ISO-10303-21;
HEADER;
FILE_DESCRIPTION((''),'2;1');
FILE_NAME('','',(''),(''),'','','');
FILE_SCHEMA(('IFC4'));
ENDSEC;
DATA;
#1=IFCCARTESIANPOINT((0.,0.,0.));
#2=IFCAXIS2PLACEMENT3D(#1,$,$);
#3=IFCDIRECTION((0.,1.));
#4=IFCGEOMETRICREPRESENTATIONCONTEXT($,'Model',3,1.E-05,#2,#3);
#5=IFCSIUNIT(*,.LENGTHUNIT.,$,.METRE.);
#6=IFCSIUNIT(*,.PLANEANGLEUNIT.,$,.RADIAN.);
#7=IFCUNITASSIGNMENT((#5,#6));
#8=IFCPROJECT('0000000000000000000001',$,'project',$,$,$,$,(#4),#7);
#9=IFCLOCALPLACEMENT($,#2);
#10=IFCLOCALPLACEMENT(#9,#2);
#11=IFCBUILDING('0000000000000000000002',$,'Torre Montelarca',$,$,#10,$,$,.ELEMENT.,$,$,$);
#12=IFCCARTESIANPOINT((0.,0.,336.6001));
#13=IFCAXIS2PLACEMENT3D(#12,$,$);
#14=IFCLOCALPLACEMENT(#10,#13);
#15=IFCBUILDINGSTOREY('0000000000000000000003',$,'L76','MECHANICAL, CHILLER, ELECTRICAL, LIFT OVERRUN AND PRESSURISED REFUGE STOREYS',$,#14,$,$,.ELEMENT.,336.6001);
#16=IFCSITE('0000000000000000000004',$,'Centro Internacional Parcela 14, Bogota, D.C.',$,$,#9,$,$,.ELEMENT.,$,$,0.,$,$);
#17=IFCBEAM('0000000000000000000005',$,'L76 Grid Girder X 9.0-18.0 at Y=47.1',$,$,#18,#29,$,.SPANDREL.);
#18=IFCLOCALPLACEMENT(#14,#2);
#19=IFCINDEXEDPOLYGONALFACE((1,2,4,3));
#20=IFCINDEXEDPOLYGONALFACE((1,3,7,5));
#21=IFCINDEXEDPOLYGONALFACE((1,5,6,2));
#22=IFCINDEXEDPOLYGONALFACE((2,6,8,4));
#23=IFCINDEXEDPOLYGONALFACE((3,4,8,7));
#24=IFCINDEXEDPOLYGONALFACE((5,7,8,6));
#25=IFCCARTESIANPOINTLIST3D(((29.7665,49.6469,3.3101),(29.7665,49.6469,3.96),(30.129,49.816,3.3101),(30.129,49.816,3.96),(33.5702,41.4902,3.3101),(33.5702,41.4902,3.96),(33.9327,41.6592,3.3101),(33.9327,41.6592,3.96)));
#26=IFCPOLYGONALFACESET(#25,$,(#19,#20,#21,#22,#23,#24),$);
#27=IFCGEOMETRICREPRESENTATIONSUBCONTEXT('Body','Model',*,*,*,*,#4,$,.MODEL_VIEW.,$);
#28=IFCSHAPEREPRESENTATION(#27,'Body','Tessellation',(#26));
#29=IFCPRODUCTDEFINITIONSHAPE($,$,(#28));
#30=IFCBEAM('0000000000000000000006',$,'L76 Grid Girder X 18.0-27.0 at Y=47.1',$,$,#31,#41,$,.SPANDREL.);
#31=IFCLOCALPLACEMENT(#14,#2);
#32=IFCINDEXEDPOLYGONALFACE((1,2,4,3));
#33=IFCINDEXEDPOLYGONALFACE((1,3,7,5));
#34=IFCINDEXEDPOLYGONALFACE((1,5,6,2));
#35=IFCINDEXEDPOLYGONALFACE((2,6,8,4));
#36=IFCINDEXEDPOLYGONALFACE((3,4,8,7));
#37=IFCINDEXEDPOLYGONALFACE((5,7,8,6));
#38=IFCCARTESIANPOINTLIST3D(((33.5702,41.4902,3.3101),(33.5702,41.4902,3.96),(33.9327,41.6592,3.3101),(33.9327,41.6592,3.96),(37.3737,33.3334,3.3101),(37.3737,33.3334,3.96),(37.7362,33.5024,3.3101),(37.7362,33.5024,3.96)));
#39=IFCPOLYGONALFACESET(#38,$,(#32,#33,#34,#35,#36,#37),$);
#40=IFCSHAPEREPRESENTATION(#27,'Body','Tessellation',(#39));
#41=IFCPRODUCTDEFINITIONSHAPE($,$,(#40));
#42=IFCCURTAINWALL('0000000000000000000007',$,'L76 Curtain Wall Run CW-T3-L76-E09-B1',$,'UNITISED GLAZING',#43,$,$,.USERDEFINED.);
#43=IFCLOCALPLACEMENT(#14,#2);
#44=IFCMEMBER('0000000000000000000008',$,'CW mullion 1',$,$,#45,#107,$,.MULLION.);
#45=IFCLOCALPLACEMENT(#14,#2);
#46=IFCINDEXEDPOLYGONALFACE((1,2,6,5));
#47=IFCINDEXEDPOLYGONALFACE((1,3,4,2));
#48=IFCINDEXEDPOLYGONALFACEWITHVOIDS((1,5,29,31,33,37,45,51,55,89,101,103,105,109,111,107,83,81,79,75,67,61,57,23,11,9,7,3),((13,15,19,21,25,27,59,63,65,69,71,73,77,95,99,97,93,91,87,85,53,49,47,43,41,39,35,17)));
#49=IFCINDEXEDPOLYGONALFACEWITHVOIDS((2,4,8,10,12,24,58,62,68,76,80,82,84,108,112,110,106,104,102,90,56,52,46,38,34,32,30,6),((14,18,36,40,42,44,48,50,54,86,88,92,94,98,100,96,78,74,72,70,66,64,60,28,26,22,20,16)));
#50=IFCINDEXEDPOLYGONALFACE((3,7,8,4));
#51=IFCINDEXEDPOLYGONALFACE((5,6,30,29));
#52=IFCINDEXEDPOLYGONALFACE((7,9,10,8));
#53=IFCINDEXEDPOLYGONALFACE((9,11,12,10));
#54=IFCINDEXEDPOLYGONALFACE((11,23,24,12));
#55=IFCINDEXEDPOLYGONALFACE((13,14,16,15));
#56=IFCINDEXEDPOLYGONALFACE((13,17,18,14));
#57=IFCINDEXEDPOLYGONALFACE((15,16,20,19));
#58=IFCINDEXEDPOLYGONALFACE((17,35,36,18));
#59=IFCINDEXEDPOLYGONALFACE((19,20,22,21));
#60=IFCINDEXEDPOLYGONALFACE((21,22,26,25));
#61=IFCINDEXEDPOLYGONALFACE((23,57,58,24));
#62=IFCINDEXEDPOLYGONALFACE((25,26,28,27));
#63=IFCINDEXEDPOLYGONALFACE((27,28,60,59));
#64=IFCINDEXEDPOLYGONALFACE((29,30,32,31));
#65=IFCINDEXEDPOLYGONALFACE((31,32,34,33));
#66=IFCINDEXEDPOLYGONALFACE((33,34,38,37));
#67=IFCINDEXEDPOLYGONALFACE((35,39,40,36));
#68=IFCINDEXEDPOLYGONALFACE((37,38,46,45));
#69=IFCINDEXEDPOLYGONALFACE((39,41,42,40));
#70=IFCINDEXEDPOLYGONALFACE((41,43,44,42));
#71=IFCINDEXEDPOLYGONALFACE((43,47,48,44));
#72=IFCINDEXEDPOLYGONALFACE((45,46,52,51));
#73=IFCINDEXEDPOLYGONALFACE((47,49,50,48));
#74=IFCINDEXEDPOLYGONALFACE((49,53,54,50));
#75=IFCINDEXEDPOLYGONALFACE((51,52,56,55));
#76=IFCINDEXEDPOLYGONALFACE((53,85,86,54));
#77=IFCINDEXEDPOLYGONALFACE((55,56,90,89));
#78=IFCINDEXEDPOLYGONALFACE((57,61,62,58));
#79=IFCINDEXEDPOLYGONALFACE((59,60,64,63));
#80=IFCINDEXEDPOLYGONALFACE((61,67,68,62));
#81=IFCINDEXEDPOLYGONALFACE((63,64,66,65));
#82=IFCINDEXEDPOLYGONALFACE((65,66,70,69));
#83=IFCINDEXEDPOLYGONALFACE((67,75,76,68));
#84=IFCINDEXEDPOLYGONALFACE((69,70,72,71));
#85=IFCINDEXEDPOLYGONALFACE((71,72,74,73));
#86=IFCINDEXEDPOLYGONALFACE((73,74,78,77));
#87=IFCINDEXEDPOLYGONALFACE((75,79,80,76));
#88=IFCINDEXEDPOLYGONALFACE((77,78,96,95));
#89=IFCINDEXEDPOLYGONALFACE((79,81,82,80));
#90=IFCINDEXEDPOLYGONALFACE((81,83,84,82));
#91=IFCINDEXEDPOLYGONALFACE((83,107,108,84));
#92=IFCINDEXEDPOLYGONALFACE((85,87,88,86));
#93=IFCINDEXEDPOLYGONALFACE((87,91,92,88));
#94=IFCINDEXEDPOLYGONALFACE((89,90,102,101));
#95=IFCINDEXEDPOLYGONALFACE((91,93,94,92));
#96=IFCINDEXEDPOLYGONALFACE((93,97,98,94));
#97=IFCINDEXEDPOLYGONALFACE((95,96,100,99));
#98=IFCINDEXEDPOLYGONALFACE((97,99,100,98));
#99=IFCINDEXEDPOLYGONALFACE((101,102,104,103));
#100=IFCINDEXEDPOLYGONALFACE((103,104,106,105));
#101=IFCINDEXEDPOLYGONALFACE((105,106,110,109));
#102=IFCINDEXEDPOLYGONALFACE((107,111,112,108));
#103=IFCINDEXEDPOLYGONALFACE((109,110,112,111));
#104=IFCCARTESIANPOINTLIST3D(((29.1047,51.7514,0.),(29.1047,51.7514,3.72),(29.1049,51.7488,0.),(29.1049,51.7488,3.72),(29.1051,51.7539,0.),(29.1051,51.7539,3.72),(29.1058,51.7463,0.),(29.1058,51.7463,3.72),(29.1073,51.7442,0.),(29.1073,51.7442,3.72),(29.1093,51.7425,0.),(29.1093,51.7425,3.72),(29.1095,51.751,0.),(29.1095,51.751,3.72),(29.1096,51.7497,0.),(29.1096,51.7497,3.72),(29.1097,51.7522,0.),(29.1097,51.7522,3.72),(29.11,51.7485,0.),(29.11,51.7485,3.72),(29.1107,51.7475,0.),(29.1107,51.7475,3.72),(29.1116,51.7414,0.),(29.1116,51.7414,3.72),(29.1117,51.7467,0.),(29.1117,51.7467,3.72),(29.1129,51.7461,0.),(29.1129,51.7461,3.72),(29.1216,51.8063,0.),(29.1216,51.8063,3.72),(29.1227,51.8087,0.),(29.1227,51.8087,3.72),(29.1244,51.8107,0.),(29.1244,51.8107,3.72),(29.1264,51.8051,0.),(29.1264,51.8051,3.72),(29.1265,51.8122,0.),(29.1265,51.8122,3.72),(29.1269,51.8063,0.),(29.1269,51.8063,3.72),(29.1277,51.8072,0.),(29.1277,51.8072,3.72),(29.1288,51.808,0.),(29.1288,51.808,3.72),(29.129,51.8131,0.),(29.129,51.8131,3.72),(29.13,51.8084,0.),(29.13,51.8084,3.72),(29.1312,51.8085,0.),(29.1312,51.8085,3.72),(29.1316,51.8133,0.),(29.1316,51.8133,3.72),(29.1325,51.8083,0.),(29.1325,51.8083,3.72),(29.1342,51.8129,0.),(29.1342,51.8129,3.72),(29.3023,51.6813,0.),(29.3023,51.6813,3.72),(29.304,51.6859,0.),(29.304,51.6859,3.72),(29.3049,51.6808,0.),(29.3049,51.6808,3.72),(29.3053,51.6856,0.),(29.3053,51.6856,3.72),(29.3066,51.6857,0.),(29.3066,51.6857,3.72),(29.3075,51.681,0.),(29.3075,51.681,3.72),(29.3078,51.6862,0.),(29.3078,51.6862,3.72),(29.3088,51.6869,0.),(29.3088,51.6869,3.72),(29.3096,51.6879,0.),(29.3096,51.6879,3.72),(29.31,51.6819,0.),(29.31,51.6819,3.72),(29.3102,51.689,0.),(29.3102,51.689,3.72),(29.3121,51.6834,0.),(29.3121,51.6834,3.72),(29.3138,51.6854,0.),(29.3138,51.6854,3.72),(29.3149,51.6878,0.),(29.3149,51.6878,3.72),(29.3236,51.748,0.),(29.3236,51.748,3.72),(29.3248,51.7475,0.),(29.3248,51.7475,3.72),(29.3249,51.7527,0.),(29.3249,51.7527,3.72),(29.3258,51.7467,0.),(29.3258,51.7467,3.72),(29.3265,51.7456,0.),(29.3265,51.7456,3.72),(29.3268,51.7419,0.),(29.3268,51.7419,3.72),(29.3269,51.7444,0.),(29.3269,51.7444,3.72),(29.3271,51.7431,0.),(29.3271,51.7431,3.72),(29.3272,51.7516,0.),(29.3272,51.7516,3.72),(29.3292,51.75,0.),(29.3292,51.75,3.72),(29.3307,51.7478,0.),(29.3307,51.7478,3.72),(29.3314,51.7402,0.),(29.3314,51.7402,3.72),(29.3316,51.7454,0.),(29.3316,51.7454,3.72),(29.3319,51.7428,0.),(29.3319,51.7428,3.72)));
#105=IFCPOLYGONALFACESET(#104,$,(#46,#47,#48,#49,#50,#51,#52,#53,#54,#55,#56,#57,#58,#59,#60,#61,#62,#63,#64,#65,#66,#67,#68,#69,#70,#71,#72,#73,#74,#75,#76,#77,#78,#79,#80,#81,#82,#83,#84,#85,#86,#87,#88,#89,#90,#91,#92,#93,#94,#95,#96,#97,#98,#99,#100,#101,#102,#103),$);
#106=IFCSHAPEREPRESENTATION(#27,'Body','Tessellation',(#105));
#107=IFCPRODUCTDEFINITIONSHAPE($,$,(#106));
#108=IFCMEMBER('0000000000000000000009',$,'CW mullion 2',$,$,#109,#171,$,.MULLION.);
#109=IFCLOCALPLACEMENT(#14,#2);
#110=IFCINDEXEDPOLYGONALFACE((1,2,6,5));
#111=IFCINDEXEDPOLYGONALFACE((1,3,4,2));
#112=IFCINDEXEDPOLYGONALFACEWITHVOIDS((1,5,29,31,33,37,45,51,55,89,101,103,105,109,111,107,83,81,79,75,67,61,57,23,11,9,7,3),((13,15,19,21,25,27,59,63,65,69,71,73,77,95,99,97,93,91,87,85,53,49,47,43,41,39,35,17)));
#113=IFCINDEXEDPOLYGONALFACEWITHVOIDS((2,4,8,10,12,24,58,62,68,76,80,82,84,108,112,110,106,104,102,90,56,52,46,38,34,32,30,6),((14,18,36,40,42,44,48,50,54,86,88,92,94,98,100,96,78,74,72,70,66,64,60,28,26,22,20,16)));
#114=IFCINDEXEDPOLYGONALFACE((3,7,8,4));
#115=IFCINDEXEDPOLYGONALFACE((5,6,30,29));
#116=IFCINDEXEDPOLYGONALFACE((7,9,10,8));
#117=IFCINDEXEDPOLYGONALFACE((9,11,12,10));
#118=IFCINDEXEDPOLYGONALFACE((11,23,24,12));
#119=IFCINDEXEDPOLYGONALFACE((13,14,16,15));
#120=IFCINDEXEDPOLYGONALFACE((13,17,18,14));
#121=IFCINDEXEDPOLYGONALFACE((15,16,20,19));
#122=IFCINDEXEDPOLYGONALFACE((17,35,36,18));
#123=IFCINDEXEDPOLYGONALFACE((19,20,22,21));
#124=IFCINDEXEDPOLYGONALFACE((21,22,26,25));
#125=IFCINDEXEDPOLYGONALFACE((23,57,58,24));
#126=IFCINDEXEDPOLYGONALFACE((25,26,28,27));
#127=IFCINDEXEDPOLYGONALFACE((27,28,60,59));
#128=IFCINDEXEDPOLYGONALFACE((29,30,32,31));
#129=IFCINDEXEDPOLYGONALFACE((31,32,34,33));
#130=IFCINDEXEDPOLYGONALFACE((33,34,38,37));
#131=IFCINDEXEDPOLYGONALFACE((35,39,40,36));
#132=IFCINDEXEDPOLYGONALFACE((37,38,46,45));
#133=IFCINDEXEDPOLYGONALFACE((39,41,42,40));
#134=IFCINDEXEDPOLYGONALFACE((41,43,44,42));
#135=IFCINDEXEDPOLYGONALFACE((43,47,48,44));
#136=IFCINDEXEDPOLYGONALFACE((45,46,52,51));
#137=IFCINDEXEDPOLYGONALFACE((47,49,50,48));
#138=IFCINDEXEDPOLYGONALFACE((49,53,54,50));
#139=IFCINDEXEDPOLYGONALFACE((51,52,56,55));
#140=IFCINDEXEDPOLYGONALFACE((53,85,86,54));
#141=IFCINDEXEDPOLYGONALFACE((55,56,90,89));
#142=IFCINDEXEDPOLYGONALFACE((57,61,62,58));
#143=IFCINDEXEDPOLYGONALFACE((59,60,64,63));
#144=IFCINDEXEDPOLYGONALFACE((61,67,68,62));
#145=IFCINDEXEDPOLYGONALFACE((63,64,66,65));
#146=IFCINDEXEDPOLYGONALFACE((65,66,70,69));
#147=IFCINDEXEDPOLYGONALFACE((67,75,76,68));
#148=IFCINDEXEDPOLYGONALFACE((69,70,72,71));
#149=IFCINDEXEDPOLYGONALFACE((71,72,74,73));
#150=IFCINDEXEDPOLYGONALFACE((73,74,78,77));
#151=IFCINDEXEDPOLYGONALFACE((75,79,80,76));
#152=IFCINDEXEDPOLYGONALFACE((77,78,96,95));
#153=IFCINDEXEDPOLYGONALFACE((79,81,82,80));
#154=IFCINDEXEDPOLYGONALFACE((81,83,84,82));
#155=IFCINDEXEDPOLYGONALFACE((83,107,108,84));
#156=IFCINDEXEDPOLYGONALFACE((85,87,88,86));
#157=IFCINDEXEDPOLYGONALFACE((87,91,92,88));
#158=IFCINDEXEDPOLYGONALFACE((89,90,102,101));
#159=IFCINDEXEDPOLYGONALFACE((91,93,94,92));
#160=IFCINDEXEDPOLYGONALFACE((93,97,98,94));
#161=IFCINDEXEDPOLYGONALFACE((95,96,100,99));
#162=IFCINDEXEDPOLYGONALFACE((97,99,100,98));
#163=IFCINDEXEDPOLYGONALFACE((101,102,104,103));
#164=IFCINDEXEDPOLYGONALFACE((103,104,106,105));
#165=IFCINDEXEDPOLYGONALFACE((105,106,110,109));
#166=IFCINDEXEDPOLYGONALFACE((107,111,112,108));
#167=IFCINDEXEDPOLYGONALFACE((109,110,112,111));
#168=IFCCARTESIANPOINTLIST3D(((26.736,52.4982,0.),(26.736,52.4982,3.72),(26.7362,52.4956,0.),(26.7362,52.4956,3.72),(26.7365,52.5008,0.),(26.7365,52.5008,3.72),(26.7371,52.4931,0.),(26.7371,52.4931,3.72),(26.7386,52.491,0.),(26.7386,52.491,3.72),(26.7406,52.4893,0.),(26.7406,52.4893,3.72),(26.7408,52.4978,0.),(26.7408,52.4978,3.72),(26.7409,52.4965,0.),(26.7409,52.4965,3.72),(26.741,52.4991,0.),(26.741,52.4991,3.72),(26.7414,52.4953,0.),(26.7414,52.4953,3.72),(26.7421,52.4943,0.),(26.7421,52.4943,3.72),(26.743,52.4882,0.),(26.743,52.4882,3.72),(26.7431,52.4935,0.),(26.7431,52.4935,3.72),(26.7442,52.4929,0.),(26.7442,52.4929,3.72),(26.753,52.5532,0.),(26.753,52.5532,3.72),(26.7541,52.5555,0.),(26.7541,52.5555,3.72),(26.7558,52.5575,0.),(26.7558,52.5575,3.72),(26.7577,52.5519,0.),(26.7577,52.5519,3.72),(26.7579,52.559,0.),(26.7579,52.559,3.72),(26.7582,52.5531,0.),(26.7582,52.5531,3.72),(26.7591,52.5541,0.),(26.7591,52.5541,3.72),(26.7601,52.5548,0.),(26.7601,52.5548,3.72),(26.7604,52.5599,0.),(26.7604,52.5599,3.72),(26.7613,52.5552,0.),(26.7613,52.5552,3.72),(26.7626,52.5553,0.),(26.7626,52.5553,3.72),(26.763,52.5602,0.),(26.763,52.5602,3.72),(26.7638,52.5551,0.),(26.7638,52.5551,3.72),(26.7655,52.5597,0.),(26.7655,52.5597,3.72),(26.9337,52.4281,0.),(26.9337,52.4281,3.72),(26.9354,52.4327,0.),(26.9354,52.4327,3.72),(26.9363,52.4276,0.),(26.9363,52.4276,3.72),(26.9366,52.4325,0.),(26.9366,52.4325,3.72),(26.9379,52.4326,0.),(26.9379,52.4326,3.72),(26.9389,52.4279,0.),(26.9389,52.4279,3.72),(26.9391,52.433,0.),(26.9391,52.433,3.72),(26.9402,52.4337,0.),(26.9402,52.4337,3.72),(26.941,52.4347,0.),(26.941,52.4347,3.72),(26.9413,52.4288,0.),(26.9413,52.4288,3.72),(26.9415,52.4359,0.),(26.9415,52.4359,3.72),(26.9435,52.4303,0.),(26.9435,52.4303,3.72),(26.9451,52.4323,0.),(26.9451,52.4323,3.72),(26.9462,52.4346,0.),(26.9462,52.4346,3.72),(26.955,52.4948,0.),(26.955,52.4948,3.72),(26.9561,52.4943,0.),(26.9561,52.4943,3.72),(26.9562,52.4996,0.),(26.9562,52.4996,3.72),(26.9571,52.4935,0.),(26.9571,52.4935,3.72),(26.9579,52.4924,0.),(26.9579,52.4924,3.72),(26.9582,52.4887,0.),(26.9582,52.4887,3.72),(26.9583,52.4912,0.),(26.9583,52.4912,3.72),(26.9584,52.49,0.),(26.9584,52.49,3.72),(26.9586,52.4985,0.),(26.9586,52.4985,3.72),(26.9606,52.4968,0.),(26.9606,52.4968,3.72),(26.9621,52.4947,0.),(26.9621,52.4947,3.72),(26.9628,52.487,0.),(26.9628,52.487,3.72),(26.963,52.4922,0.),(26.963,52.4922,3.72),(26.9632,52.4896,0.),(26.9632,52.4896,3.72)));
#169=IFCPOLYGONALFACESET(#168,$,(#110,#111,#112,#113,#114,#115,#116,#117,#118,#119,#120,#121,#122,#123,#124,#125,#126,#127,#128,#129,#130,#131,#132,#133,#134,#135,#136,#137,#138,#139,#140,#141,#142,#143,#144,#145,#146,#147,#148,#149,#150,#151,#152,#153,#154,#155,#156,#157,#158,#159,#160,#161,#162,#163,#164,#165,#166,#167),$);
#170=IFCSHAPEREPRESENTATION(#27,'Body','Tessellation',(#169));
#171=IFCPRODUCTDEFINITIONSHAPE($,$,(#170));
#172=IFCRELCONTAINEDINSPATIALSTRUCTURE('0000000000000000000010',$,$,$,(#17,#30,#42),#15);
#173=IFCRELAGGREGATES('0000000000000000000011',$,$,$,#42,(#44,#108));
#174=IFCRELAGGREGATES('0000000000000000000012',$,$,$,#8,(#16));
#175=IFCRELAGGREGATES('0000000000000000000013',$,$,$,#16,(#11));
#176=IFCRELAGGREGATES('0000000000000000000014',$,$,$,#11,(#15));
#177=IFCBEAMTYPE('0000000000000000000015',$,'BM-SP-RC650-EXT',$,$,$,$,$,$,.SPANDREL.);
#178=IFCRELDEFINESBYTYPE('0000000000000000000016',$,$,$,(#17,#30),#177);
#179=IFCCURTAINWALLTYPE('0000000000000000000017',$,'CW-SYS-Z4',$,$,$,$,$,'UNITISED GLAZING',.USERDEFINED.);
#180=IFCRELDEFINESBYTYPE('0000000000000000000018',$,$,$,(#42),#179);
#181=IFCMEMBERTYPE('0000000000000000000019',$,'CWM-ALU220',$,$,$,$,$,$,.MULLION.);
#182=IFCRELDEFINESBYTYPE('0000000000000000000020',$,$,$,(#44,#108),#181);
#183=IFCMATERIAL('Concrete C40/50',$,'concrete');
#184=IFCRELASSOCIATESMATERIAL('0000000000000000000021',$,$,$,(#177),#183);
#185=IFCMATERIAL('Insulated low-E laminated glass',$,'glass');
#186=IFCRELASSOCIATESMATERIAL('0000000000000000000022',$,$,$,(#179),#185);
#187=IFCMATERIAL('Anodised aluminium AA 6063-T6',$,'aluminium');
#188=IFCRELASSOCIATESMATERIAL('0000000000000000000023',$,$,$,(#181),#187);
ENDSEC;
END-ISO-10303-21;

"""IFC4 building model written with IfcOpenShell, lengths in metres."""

from ifc_helpers import new_model, si_unit, direction, frame, origin, origin_2d, place, context, subcontext, project, spatial, rectangle, hollow_rectangle, extrude, source, transform, mapped, material, material_profile, profile_set, type_object, element, aggregate, save


model = new_model("IFC4")

# Units and contexts
model_context = context("Model", 3, precision=1e-05, world=origin(), true_north=direction((0.0, 1.0)))
body_context = subcontext(model_context, "Body", "Model", "MODEL_VIEW")
ifc_project = project(units=[si_unit("LENGTHUNIT", "METRE"), si_unit("PLANEANGLEUNIT", "RADIAN")], contexts=[model_context])

# Site, building, storey
site_placement = place(None, origin())
site = spatial("IfcSite", under=ifc_project, at=site_placement, Name="Centro Internacional Parcela 14, Bogota, D.C.", CompositionType="ELEMENT", RefElevation=0.0)
building_placement = place(site_placement, origin())
building = spatial("IfcBuilding", under=site, at=building_placement, Name="Torre Montelarca", CompositionType="ELEMENT")
storey_placement = place(building_placement, frame((0.0, 0.0, 336.6001)))
storey = spatial("IfcBuildingStorey", under=building, at=storey_placement, Name="L76", Description="MECHANICAL, CHILLER, ELECTRICAL, LIFT OVERRUN AND PRESSURISED REFUGE STOREYS", CompositionType="ELEMENT", Elevation=336.6001)

# Shared definitions
ifc_material_1 = material(Name="Concrete C40/50", Category="concrete")

# Beams
ifc_material_profile_1 = material_profile(ifc_material_1, rectangle(XDim=0.3999, YDim=0.6499, at=origin_2d()), Name="RCB400X650", Category="concrete")
ifc_profile_set_1 = profile_set([ifc_material_profile_1], Name="Concrete C40/50")
beam_type = type_object("IfcBeamType", Name="BM-SP-RC650-EXT", PredefinedType="SPANDREL", material=ifc_profile_set_1)
shared_shape_1 = source(origin(), body_context, "Body", "SweptSolid", [
    extrude(rectangle(XDim=0.3999, YDim=0.6499, at=origin_2d()), origin(), (0.0, 0.0, 1.0), 9.0),
])
for number, where, z_axis, x_axis, name in (
    (1, (29.9478, 49.7314, 3.635), (0.422633, -0.906301, 0.0), (0.906301, 0.422633, 0.0), "L76 Grid Girder X 9.0-18.0 at Y=47.1"),
    (2, (33.7515, 41.5747, 3.635), (0.422611, -0.906311, 0.0), (0.906311, 0.422611, 0.0), "L76 Grid Girder X 18.0-27.0 at Y=47.1"),
):
    element("IfcBeam", number, at=place(storey_placement, frame(where, z_axis=z_axis, x_axis=x_axis)), inside=storey, type_object=beam_type, Name=name, PredefinedType="SPANDREL", context=body_context, shape_type="MappedRepresentation", body=[
        mapped(shared_shape_1, transform((0.0, 0.0, 0.0), scale=1.0)),
    ])

# Curtain wall, members
ifc_material_2 = material(Name="Insulated low-E laminated glass", Category="glass")
curtain_wall_type = type_object("IfcCurtainWallType", Name="CW-SYS-Z4", ElementType="UNITISED GLAZING", PredefinedType="USERDEFINED", material=ifc_material_2)
curtain_wall_1_placement = place(storey_placement, origin())
curtain_wall_1 = element("IfcCurtainWall", 3, at=curtain_wall_1_placement, inside=storey, type_object=curtain_wall_type, Name="L76 Curtain Wall Run CW-T3-L76-E09-B1", ObjectType="UNITISED GLAZING", PredefinedType="USERDEFINED")
ifc_material_3 = material(Name="Anodised aluminium AA 6063-T6", Category="aluminium")
ifc_material_profile_2 = material_profile(ifc_material_3, hollow_rectangle(XDim=0.075, YDim=0.22, WallThickness=0.0049, InnerFilletRadius=0.0049, OuterFilletRadius=0.01, at=origin_2d()), Name="ALU75X220X5", Category="aluminium")
ifc_profile_set_2 = profile_set([ifc_material_profile_2], Name="Anodised aluminium AA 6063-T6")
member_type_1 = type_object("IfcMemberType", Name="CWM-ALU220", PredefinedType="MULLION", material=ifc_profile_set_2)
shared_shape_2 = source(origin(), body_context, "Body", "SweptSolid", [
    extrude(hollow_rectangle(XDim=0.075, YDim=0.22, WallThickness=0.0049, InnerFilletRadius=0.0049, OuterFilletRadius=0.01, at=origin_2d()), origin(), (0.0, 0.0, 1.0), 3.72),
])
member_1_placement = place(storey_placement, frame((29.2183, 51.7471, 0.0), z_axis=(0.0, 0.0, 1.0), x_axis=(-0.300693, -0.953721, 0.0)))
member_1 = element("IfcMember", 4, at=member_1_placement, type_object=member_type_1, Name="CW mullion 1", PredefinedType="MULLION", context=body_context, shape_type="MappedRepresentation", body=[
    mapped(shared_shape_2, transform((0.0, 0.0, 0.0), scale=1.0)),
])
member_2_placement = place(storey_placement, frame((26.8496, 52.4939, 0.0), z_axis=(0.0, 0.0, 1.0), x_axis=(-0.300693, -0.953721, 0.0)))
member_2 = element("IfcMember", 5, at=member_2_placement, type_object=member_type_1, Name="CW mullion 2", PredefinedType="MULLION", context=body_context, shape_type="MappedRepresentation", body=[
    mapped(shared_shape_2, transform((0.0, 0.0, 0.0), scale=1.0)),
])

aggregate(curtain_wall_1, [member_1, member_2])

save(model, "model.ifc")
